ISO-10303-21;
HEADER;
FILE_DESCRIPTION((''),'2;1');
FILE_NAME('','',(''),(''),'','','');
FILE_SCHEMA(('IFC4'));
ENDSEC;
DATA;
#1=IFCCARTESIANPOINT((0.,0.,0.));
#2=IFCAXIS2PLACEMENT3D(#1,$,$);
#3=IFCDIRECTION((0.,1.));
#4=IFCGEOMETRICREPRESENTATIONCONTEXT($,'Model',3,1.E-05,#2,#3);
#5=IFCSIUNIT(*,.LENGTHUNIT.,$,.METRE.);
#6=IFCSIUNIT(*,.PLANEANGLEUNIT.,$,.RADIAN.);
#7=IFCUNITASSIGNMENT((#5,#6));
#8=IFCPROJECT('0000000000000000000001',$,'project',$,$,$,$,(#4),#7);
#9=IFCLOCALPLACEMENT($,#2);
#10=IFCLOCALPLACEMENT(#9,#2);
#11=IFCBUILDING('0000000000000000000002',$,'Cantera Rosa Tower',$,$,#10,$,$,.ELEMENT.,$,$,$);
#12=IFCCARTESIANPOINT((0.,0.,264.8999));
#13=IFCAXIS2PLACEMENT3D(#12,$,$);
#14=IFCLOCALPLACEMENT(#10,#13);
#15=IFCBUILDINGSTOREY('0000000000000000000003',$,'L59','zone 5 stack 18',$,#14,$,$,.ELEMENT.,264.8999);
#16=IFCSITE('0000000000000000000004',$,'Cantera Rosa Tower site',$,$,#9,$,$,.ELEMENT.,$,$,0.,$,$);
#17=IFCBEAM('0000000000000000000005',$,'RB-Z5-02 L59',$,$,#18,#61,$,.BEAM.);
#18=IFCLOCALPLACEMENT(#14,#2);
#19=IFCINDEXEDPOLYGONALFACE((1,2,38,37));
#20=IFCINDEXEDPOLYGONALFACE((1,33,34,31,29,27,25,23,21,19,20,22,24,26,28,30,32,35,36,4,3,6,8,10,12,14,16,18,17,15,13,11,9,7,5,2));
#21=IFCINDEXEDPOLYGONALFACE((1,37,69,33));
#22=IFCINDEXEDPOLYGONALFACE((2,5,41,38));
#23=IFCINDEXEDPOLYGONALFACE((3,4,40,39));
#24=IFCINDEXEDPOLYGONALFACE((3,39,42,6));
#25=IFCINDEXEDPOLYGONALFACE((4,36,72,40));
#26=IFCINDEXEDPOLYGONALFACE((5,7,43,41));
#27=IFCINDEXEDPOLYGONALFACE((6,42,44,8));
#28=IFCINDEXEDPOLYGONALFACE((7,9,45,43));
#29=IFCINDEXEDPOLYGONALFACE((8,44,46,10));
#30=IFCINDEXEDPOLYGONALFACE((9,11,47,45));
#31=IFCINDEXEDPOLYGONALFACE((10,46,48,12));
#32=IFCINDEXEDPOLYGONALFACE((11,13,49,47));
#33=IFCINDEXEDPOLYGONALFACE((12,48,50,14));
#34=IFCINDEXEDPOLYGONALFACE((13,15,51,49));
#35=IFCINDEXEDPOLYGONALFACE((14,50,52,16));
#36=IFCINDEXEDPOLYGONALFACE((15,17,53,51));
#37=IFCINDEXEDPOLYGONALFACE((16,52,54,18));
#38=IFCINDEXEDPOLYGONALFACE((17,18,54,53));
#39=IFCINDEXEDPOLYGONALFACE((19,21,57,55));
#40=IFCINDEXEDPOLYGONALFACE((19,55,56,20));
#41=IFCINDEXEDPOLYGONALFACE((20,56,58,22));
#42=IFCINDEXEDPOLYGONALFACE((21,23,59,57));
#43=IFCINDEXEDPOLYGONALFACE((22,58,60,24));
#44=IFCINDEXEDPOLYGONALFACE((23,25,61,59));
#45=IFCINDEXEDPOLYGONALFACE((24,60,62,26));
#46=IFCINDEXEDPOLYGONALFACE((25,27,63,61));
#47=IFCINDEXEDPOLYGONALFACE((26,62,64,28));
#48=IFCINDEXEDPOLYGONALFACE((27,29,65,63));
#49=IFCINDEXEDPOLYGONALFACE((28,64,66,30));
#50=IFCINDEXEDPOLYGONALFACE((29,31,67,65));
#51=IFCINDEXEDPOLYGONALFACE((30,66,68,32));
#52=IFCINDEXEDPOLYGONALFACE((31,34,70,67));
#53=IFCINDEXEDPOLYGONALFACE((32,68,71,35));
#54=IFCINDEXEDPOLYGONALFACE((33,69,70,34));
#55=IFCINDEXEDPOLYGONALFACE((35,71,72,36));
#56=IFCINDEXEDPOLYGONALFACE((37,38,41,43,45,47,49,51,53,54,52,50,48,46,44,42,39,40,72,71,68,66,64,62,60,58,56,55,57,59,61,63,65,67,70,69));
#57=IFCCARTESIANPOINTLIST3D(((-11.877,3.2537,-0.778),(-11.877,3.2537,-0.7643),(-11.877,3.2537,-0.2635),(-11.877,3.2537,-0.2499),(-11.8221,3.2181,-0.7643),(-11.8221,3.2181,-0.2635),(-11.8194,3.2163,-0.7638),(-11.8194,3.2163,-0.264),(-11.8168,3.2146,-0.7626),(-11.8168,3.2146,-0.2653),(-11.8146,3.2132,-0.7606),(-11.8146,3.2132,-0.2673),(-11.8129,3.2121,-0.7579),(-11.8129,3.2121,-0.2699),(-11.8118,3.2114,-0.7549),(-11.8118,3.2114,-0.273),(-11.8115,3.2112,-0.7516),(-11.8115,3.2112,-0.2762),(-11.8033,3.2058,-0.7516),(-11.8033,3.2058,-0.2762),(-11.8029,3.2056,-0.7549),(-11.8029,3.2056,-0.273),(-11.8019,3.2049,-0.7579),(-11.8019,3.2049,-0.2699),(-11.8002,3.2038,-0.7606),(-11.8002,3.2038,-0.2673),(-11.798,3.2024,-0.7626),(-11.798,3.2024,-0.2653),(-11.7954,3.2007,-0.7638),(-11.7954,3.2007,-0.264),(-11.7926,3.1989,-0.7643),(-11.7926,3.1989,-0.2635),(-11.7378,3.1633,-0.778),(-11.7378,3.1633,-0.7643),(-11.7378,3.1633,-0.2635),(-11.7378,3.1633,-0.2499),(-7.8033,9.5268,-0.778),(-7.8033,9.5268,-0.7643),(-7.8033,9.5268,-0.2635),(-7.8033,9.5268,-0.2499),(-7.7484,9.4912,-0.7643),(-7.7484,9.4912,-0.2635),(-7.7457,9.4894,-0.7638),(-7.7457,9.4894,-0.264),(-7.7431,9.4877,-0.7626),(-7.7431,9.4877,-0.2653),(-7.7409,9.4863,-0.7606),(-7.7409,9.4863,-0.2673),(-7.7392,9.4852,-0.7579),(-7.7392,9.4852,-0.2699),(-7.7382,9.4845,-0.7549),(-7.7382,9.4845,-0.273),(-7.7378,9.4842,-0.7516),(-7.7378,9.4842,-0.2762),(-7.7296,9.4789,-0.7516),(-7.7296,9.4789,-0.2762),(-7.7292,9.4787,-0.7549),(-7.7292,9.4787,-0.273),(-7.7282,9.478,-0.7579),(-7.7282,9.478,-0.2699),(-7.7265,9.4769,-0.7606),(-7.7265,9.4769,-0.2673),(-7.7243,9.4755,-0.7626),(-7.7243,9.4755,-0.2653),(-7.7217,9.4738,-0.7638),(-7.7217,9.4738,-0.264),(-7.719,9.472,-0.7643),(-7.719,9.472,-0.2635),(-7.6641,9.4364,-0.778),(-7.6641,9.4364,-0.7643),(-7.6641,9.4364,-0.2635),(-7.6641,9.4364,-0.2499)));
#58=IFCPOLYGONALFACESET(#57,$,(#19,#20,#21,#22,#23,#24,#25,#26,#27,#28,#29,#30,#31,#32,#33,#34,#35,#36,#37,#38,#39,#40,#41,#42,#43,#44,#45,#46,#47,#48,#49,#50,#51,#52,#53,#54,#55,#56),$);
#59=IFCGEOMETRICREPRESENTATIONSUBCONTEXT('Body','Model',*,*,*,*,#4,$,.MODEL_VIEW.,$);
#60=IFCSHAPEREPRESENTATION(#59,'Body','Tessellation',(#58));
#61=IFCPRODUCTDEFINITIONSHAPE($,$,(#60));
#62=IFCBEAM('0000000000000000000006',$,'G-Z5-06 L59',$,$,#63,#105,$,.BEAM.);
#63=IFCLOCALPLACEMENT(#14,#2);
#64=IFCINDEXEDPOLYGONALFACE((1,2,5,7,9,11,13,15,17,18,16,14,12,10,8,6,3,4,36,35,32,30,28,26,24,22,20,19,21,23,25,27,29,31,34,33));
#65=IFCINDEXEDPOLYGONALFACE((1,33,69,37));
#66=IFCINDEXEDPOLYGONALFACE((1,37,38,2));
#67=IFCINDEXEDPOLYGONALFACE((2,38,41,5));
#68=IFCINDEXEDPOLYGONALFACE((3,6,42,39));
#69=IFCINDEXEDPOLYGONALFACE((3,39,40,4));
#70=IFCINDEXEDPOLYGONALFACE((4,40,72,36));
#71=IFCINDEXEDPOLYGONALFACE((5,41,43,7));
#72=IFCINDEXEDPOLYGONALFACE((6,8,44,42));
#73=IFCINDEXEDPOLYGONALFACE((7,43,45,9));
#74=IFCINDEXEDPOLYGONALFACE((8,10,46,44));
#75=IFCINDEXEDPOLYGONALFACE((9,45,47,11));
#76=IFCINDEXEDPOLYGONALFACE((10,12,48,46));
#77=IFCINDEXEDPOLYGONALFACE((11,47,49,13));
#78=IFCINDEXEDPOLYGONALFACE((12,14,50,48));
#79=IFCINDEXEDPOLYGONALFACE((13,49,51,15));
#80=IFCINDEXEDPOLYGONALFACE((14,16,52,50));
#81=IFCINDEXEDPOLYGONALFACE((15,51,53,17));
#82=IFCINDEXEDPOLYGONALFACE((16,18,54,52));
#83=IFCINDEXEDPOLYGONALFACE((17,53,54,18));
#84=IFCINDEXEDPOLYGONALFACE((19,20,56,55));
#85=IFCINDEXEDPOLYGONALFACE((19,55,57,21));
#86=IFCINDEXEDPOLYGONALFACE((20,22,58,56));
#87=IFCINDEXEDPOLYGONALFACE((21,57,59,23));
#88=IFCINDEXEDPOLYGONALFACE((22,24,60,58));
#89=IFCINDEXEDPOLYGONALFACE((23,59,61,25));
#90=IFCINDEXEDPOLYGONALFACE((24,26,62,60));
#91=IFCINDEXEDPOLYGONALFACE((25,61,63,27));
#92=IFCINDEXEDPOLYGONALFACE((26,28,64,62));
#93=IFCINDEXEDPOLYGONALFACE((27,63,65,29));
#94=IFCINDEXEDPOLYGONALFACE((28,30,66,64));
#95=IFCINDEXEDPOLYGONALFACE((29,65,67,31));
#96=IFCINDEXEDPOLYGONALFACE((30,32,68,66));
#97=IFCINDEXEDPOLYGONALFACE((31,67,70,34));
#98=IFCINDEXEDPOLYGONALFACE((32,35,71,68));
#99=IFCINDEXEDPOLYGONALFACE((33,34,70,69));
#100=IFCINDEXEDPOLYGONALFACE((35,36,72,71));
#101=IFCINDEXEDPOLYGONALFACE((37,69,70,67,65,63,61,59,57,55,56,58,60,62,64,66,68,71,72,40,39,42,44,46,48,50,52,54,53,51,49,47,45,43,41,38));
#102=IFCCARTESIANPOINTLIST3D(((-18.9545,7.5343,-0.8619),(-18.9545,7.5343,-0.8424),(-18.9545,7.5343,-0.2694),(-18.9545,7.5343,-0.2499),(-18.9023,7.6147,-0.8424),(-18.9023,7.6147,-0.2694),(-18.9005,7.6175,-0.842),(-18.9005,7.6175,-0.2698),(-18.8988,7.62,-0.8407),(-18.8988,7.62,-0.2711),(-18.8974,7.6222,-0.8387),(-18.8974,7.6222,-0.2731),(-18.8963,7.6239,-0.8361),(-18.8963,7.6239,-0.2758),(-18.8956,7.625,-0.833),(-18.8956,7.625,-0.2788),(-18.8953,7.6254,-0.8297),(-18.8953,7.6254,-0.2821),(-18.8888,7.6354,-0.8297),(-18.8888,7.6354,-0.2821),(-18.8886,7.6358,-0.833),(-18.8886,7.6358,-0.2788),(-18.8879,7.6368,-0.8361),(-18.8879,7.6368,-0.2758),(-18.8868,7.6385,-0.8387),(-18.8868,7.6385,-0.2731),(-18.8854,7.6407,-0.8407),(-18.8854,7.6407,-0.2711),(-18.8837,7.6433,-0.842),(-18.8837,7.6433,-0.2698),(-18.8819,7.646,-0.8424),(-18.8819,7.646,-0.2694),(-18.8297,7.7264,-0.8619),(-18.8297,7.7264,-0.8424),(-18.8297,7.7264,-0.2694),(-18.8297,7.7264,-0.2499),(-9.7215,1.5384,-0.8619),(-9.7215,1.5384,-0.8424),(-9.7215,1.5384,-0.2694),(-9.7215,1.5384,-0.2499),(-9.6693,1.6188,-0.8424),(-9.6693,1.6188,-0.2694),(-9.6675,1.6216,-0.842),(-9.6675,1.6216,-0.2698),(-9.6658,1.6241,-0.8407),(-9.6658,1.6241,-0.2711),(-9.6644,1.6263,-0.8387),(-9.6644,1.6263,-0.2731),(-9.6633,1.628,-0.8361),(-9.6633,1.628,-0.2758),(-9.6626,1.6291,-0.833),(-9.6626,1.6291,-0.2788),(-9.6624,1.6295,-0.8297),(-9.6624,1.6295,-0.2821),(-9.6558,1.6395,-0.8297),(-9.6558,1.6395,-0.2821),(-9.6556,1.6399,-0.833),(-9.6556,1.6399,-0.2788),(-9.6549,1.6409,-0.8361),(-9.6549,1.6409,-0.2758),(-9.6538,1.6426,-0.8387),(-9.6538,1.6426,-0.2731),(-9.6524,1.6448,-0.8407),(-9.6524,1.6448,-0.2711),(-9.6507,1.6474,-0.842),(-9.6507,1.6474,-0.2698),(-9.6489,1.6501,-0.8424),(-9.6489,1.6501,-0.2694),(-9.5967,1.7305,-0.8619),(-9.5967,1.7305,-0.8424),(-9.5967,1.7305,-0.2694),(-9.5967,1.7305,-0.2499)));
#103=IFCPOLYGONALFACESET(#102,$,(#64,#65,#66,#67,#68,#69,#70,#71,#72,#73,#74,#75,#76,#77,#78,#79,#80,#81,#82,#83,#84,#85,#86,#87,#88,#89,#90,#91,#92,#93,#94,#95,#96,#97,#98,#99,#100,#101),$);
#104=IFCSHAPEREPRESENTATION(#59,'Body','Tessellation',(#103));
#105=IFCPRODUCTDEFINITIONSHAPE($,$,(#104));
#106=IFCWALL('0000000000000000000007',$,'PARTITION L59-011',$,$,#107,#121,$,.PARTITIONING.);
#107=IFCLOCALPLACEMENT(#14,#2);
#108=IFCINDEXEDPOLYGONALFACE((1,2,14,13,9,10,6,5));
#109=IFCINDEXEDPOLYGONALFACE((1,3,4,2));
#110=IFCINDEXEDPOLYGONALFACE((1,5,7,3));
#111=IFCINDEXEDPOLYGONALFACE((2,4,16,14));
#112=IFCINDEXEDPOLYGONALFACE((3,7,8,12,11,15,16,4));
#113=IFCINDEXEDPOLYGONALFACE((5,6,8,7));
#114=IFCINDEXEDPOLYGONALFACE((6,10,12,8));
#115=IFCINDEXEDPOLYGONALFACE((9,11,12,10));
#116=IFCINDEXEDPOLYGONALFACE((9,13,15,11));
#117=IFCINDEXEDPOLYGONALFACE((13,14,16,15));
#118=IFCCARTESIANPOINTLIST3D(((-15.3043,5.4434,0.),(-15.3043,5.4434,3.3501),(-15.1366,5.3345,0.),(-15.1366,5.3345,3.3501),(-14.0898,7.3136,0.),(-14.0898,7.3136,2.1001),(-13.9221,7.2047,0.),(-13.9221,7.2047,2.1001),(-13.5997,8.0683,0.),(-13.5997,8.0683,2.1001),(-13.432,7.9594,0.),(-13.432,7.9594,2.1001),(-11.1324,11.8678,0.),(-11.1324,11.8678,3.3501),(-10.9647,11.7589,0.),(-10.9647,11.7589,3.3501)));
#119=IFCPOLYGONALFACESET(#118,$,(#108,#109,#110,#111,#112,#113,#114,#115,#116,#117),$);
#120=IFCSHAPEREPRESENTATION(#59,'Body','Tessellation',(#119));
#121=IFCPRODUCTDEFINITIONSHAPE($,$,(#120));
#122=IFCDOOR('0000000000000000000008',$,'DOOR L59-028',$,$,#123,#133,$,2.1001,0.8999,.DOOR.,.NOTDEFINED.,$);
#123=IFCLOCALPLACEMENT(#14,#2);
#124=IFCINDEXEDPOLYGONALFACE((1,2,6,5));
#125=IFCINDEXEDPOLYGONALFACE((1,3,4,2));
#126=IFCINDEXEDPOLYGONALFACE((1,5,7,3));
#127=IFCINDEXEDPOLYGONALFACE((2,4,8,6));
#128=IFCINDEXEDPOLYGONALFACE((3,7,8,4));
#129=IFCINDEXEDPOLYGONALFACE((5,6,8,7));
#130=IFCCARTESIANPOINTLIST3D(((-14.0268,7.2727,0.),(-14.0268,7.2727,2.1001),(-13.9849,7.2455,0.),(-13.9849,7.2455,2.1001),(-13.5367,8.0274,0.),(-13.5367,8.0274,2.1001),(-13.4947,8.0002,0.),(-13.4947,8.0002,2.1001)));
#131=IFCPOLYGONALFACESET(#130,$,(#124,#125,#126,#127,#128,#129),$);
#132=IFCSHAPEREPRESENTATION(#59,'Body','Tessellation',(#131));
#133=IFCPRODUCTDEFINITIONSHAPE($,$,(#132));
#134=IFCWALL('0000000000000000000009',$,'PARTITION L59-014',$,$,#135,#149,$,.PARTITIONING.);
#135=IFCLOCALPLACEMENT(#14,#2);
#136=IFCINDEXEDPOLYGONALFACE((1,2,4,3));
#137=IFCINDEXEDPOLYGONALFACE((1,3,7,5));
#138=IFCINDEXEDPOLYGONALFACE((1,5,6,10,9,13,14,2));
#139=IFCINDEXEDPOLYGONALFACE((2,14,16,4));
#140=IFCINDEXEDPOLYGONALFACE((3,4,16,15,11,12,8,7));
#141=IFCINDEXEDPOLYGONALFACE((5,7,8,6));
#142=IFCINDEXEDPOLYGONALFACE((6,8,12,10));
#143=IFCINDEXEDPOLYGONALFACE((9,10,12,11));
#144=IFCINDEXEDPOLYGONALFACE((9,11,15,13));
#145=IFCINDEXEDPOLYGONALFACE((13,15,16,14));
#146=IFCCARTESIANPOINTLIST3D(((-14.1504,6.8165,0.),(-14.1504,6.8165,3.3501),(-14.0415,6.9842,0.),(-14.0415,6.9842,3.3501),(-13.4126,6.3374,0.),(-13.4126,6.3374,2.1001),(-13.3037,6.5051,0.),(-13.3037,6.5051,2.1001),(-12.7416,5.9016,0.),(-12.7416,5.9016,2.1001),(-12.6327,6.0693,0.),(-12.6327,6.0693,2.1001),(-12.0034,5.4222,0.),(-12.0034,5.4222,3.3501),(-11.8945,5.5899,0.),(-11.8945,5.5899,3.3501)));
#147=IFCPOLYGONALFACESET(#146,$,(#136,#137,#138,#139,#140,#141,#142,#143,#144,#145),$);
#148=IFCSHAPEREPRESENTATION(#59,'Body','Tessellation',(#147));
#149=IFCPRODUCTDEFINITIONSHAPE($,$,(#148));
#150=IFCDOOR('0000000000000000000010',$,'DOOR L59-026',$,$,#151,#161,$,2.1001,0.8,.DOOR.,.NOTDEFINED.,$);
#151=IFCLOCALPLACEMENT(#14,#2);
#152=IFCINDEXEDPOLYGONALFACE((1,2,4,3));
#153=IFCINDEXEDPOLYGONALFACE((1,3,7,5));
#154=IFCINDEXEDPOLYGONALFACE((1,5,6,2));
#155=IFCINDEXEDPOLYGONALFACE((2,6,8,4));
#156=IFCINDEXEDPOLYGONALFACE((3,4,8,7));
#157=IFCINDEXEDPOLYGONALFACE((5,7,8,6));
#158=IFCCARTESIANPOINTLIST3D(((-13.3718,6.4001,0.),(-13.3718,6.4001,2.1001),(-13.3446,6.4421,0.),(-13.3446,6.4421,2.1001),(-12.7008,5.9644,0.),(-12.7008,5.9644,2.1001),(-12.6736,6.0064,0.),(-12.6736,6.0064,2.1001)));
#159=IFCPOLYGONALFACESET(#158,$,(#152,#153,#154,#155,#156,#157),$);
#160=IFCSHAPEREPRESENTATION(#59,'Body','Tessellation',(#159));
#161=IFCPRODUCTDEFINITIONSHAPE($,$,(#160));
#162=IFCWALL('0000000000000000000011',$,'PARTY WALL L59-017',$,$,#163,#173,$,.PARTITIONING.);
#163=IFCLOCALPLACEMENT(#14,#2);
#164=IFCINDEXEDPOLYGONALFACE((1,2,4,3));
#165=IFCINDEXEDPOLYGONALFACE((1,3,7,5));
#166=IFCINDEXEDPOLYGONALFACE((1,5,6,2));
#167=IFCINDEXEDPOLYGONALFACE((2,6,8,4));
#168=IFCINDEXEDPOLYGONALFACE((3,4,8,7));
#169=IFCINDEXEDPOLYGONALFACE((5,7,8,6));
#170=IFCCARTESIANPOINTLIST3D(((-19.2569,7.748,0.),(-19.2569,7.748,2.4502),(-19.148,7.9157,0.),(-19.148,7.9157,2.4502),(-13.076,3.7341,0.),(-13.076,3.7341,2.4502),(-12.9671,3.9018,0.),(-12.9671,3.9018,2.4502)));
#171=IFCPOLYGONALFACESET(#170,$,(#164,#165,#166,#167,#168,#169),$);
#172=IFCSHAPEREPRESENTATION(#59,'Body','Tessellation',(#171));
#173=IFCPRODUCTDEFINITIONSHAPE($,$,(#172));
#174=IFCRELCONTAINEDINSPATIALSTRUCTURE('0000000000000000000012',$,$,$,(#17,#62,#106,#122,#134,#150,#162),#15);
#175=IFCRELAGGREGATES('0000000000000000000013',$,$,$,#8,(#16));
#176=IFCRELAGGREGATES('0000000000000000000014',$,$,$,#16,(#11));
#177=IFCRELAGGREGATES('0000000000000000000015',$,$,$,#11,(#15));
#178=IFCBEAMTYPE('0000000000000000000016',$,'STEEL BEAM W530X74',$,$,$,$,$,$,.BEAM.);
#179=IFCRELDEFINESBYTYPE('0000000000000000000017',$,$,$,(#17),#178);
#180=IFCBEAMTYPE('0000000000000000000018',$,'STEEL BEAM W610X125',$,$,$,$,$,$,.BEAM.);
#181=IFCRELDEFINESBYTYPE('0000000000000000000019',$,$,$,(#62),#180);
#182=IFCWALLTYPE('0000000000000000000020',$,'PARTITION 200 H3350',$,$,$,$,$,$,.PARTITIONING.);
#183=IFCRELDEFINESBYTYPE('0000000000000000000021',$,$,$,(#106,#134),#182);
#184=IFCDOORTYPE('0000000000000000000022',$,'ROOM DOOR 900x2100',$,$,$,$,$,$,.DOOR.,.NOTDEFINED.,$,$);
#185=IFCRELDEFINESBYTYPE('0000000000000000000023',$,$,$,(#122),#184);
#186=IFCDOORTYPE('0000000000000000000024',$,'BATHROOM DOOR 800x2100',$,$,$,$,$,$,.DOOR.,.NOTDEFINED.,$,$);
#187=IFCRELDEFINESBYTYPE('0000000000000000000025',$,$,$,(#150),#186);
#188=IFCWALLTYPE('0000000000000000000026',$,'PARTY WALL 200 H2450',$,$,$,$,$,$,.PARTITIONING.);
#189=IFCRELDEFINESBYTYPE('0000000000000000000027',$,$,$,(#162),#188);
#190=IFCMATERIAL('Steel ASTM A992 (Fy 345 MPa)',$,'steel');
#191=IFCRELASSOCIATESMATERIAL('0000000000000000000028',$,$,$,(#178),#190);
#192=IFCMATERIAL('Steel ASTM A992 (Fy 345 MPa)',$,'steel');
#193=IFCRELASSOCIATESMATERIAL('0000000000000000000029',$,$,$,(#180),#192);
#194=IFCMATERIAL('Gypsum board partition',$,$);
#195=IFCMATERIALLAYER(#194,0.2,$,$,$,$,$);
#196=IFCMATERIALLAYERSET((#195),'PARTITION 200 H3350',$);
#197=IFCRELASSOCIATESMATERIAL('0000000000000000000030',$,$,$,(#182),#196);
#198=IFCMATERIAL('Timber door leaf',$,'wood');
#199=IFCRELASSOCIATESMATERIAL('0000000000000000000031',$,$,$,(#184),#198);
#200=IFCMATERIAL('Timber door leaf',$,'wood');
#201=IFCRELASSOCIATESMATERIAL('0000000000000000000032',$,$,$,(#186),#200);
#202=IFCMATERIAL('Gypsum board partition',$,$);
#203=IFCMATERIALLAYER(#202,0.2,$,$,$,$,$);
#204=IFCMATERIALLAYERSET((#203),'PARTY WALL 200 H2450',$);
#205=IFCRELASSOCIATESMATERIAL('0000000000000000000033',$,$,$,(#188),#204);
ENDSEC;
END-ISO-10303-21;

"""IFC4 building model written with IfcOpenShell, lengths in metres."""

from ifc_helpers import new_model, si_unit, direction, frame, frame_2d, origin, origin_2d, place, context, subcontext, project, spatial, rectangle, i_section, extrude, material, layer, layer_set, material_profile, profile_set, type_object, element, fill, save


model = new_model("IFC4")

# Units and contexts
model_context = context("Model", 3, precision=1e-05, world=origin(), true_north=direction((0.0, 1.0)))
body_context = subcontext(model_context, "Body", "Model", "MODEL_VIEW")
ifc_project = project(units=[si_unit("LENGTHUNIT", "METRE"), si_unit("PLANEANGLEUNIT", "RADIAN")], contexts=[model_context])

# Site, building, storey
site_placement = place(None, origin())
site = spatial("IfcSite", under=ifc_project, at=site_placement, Name="Cantera Rosa Tower site", CompositionType="ELEMENT", RefElevation=0.0)
building_placement = place(site_placement, origin())
building = spatial("IfcBuilding", under=site, at=building_placement, Name="Cantera Rosa Tower", CompositionType="ELEMENT")
storey_placement = place(building_placement, frame((0.0, 0.0, 264.8999)))
storey = spatial("IfcBuildingStorey", under=building, at=storey_placement, Name="L59", Description="zone 5 stack 18", CompositionType="ELEMENT", Elevation=264.8999)

# Beams
ifc_material_1 = material(Name="Steel ASTM A992 (Fy 345 MPa)", Category="steel")
ifc_material_profile_1 = material_profile(ifc_material_1, i_section(OverallWidth=0.166, OverallDepth=0.5281, WebThickness=0.0098, FlangeThickness=0.0137, FilletRadius=0.0127, at=origin_2d()), Name="W530X74")
ifc_profile_set_1 = profile_set([ifc_material_profile_1], Name="Steel ASTM A992 (Fy 345 MPa)")
beam_type_1 = type_object("IfcBeamType", Name="STEEL BEAM W530X74", PredefinedType="BEAM", material=ifc_profile_set_1)
beam_1_placement = place(storey_placement, frame((-11.8074, 3.2085, -0.5139), z_axis=(0.544627, 0.838678, 0.0), x_axis=(-0.838678, 0.544627, 0.0)))
element("IfcBeam", 1, at=beam_1_placement, inside=storey, type_object=beam_type_1, Name="RB-Z5-02 L59", PredefinedType="BEAM", context=body_context, shape_type="SweptSolid", body=[
    extrude(i_section(OverallWidth=0.166, OverallDepth=0.5281, WebThickness=0.0098, FlangeThickness=0.0137, FilletRadius=0.0127, at=origin_2d()), origin(), (0.0, 0.0, 1.0), 7.4797),
])
ifc_material_2 = material(Name="Steel ASTM A992 (Fy 345 MPa)", Category="steel")
ifc_material_profile_2 = material_profile(ifc_material_2, i_section(OverallWidth=0.229, OverallDepth=0.6121, WebThickness=0.012, FlangeThickness=0.0195, FilletRadius=0.0127, at=origin_2d()), Name="W610X125")
ifc_profile_set_2 = profile_set([ifc_material_profile_2], Name="Steel ASTM A992 (Fy 345 MPa)")
beam_type_2 = type_object("IfcBeamType", Name="STEEL BEAM W610X125", PredefinedType="BEAM", material=ifc_profile_set_2)
beam_2_placement = place(storey_placement, frame((-18.8921, 7.6304, -0.5559), z_axis=(0.838674, -0.544634, 0.0), x_axis=(0.544634, 0.838674, 0.0)))
element("IfcBeam", 2, at=beam_2_placement, inside=storey, type_object=beam_type_2, Name="G-Z5-06 L59", PredefinedType="BEAM", context=body_context, shape_type="SweptSolid", body=[
    extrude(i_section(OverallWidth=0.229, OverallDepth=0.6121, WebThickness=0.012, FlangeThickness=0.0195, FilletRadius=0.0127, at=origin_2d()), origin(), (0.0, 0.0, 1.0), 11.009),
])

# Walls, openings, doors
ifc_material_3 = material(Name="Gypsum board partition")
ifc_layer_1 = layer(ifc_material_3, 0.2)
ifc_layer_set_1 = layer_set([ifc_layer_1], Name="PARTITION 200 H3350")
wall_type_1 = type_object("IfcWallType", Name="PARTITION 200 H3350", PredefinedType="PARTITIONING", material=ifc_layer_set_1)
wall_1_placement = place(storey_placement, frame((-15.2205, 5.3889, 0.0), z_axis=(0.0, 0.0, 1.0), x_axis=(0.544628, 0.838678, 0.0)))
wall_1 = element("IfcWall", 3, at=wall_1_placement, inside=storey, type_object=wall_type_1, Name="PARTITION L59-011", PredefinedType="PARTITIONING", context=body_context, shape_type="SweptSolid", body=[
    extrude(rectangle(XDim=7.6602, YDim=0.2, at=frame_2d((3.8301, 0.0))), origin(), (0.0, 0.0, 1.0), 3.3501),
])
opening_1_placement = place(wall_1_placement, frame((2.23, 0.0, 0.0)))
opening_1 = element("IfcOpeningElement", 4, at=opening_1_placement, cuts=wall_1, PredefinedType="OPENING", context=body_context, shape_type="SweptSolid", body=[
    extrude(rectangle(XDim=0.8999, YDim=2.1001, at=frame_2d((0.45, 1.05))), frame((0.0, 0.1099, 0.0), z_axis=(0.0, -1.0, 0.0), x_axis=(1.0, 0.0, 0.0)), (0.0, 0.0, 1.0), 0.22),
])
ifc_material_4 = material(Name="Timber door leaf", Category="wood")
door_type_1 = type_object("IfcDoorType", Name="ROOM DOOR 900x2100", OperationType="NOTDEFINED", PredefinedType="DOOR", material=ifc_material_4)
door_1_placement = place(opening_1_placement, origin())
door_1 = element("IfcDoor", 5, at=door_1_placement, inside=storey, type_object=door_type_1, Name="DOOR L59-028", OperationType="NOTDEFINED", OverallHeight=2.1001, OverallWidth=0.8999, PredefinedType="DOOR", context=body_context, shape_type="SweptSolid", body=[
    extrude(rectangle(XDim=0.8999, YDim=2.1001, at=frame_2d((0.45, 1.05))), frame((0.0, 0.0249, 0.0), z_axis=(0.0, -1.0, 0.0), x_axis=(1.0, 0.0, 0.0)), (0.0, 0.0, 1.0), 0.05),
])
fill(opening_1, door_1)
wall_2_placement = place(storey_placement, frame((-14.0959, 6.9004, 0.0), z_axis=(0.0, 0.0, 1.0), x_axis=(0.838666, -0.544646, 0.0)))
wall_2 = element("IfcWall", 6, at=wall_2_placement, inside=storey, type_object=wall_type_1, Name="PARTITION L59-014", PredefinedType="PARTITIONING", context=body_context, shape_type="SweptSolid", body=[
    extrude(rectangle(XDim=2.5601, YDim=0.2, at=frame_2d((1.28, 0.0))), origin(), (0.0, 0.0, 1.0), 3.3501),
])
opening_2_placement = place(wall_2_placement, frame((0.8799, 0.0, 0.0)))
opening_2 = element("IfcOpeningElement", 7, at=opening_2_placement, cuts=wall_2, PredefinedType="OPENING", context=body_context, shape_type="SweptSolid", body=[
    extrude(rectangle(XDim=0.8, YDim=2.1001, at=frame_2d((0.3999, 1.05))), frame((0.0, 0.1099, 0.0), z_axis=(0.0, -1.0, 0.0), x_axis=(1.0, 0.0, 0.0)), (0.0, 0.0, 1.0), 0.22),
])
ifc_material_5 = material(Name="Timber door leaf", Category="wood")
door_type_2 = type_object("IfcDoorType", Name="BATHROOM DOOR 800x2100", OperationType="NOTDEFINED", PredefinedType="DOOR", material=ifc_material_5)
door_2_placement = place(opening_2_placement, origin())
door_2 = element("IfcDoor", 8, at=door_2_placement, inside=storey, type_object=door_type_2, Name="DOOR L59-026", OperationType="NOTDEFINED", OverallHeight=2.1001, OverallWidth=0.8, PredefinedType="DOOR", context=body_context, shape_type="SweptSolid", body=[
    extrude(rectangle(XDim=0.8, YDim=2.1001, at=frame_2d((0.3999, 1.05))), frame((0.0, 0.0249, 0.0), z_axis=(0.0, -1.0, 0.0), x_axis=(1.0, 0.0, 0.0)), (0.0, 0.0, 1.0), 0.05),
])
fill(opening_2, door_2)

# Wall
ifc_material_6 = material(Name="Gypsum board partition")
ifc_layer_2 = layer(ifc_material_6, 0.2)
ifc_layer_set_2 = layer_set([ifc_layer_2], Name="PARTY WALL 200 H2450")
wall_type_2 = type_object("IfcWallType", Name="PARTY WALL 200 H2450", PredefinedType="PARTITIONING", material=ifc_layer_set_2)
wall_3_placement = place(storey_placement, frame((-13.0215, 3.8179, 0.0), z_axis=(0.0, 0.0, 1.0), x_axis=(-0.838671, 0.544638, 0.0)))
element("IfcWall", 9, at=wall_3_placement, inside=storey, type_object=wall_type_2, Name="PARTY WALL L59-017", PredefinedType="PARTITIONING", context=body_context, shape_type="SweptSolid", body=[
    extrude(rectangle(XDim=7.3699, YDim=0.2, at=frame_2d((3.6851, 0.0))), origin(), (0.0, 0.0, 1.0), 2.4502),
])

save(model, "model.ifc")
